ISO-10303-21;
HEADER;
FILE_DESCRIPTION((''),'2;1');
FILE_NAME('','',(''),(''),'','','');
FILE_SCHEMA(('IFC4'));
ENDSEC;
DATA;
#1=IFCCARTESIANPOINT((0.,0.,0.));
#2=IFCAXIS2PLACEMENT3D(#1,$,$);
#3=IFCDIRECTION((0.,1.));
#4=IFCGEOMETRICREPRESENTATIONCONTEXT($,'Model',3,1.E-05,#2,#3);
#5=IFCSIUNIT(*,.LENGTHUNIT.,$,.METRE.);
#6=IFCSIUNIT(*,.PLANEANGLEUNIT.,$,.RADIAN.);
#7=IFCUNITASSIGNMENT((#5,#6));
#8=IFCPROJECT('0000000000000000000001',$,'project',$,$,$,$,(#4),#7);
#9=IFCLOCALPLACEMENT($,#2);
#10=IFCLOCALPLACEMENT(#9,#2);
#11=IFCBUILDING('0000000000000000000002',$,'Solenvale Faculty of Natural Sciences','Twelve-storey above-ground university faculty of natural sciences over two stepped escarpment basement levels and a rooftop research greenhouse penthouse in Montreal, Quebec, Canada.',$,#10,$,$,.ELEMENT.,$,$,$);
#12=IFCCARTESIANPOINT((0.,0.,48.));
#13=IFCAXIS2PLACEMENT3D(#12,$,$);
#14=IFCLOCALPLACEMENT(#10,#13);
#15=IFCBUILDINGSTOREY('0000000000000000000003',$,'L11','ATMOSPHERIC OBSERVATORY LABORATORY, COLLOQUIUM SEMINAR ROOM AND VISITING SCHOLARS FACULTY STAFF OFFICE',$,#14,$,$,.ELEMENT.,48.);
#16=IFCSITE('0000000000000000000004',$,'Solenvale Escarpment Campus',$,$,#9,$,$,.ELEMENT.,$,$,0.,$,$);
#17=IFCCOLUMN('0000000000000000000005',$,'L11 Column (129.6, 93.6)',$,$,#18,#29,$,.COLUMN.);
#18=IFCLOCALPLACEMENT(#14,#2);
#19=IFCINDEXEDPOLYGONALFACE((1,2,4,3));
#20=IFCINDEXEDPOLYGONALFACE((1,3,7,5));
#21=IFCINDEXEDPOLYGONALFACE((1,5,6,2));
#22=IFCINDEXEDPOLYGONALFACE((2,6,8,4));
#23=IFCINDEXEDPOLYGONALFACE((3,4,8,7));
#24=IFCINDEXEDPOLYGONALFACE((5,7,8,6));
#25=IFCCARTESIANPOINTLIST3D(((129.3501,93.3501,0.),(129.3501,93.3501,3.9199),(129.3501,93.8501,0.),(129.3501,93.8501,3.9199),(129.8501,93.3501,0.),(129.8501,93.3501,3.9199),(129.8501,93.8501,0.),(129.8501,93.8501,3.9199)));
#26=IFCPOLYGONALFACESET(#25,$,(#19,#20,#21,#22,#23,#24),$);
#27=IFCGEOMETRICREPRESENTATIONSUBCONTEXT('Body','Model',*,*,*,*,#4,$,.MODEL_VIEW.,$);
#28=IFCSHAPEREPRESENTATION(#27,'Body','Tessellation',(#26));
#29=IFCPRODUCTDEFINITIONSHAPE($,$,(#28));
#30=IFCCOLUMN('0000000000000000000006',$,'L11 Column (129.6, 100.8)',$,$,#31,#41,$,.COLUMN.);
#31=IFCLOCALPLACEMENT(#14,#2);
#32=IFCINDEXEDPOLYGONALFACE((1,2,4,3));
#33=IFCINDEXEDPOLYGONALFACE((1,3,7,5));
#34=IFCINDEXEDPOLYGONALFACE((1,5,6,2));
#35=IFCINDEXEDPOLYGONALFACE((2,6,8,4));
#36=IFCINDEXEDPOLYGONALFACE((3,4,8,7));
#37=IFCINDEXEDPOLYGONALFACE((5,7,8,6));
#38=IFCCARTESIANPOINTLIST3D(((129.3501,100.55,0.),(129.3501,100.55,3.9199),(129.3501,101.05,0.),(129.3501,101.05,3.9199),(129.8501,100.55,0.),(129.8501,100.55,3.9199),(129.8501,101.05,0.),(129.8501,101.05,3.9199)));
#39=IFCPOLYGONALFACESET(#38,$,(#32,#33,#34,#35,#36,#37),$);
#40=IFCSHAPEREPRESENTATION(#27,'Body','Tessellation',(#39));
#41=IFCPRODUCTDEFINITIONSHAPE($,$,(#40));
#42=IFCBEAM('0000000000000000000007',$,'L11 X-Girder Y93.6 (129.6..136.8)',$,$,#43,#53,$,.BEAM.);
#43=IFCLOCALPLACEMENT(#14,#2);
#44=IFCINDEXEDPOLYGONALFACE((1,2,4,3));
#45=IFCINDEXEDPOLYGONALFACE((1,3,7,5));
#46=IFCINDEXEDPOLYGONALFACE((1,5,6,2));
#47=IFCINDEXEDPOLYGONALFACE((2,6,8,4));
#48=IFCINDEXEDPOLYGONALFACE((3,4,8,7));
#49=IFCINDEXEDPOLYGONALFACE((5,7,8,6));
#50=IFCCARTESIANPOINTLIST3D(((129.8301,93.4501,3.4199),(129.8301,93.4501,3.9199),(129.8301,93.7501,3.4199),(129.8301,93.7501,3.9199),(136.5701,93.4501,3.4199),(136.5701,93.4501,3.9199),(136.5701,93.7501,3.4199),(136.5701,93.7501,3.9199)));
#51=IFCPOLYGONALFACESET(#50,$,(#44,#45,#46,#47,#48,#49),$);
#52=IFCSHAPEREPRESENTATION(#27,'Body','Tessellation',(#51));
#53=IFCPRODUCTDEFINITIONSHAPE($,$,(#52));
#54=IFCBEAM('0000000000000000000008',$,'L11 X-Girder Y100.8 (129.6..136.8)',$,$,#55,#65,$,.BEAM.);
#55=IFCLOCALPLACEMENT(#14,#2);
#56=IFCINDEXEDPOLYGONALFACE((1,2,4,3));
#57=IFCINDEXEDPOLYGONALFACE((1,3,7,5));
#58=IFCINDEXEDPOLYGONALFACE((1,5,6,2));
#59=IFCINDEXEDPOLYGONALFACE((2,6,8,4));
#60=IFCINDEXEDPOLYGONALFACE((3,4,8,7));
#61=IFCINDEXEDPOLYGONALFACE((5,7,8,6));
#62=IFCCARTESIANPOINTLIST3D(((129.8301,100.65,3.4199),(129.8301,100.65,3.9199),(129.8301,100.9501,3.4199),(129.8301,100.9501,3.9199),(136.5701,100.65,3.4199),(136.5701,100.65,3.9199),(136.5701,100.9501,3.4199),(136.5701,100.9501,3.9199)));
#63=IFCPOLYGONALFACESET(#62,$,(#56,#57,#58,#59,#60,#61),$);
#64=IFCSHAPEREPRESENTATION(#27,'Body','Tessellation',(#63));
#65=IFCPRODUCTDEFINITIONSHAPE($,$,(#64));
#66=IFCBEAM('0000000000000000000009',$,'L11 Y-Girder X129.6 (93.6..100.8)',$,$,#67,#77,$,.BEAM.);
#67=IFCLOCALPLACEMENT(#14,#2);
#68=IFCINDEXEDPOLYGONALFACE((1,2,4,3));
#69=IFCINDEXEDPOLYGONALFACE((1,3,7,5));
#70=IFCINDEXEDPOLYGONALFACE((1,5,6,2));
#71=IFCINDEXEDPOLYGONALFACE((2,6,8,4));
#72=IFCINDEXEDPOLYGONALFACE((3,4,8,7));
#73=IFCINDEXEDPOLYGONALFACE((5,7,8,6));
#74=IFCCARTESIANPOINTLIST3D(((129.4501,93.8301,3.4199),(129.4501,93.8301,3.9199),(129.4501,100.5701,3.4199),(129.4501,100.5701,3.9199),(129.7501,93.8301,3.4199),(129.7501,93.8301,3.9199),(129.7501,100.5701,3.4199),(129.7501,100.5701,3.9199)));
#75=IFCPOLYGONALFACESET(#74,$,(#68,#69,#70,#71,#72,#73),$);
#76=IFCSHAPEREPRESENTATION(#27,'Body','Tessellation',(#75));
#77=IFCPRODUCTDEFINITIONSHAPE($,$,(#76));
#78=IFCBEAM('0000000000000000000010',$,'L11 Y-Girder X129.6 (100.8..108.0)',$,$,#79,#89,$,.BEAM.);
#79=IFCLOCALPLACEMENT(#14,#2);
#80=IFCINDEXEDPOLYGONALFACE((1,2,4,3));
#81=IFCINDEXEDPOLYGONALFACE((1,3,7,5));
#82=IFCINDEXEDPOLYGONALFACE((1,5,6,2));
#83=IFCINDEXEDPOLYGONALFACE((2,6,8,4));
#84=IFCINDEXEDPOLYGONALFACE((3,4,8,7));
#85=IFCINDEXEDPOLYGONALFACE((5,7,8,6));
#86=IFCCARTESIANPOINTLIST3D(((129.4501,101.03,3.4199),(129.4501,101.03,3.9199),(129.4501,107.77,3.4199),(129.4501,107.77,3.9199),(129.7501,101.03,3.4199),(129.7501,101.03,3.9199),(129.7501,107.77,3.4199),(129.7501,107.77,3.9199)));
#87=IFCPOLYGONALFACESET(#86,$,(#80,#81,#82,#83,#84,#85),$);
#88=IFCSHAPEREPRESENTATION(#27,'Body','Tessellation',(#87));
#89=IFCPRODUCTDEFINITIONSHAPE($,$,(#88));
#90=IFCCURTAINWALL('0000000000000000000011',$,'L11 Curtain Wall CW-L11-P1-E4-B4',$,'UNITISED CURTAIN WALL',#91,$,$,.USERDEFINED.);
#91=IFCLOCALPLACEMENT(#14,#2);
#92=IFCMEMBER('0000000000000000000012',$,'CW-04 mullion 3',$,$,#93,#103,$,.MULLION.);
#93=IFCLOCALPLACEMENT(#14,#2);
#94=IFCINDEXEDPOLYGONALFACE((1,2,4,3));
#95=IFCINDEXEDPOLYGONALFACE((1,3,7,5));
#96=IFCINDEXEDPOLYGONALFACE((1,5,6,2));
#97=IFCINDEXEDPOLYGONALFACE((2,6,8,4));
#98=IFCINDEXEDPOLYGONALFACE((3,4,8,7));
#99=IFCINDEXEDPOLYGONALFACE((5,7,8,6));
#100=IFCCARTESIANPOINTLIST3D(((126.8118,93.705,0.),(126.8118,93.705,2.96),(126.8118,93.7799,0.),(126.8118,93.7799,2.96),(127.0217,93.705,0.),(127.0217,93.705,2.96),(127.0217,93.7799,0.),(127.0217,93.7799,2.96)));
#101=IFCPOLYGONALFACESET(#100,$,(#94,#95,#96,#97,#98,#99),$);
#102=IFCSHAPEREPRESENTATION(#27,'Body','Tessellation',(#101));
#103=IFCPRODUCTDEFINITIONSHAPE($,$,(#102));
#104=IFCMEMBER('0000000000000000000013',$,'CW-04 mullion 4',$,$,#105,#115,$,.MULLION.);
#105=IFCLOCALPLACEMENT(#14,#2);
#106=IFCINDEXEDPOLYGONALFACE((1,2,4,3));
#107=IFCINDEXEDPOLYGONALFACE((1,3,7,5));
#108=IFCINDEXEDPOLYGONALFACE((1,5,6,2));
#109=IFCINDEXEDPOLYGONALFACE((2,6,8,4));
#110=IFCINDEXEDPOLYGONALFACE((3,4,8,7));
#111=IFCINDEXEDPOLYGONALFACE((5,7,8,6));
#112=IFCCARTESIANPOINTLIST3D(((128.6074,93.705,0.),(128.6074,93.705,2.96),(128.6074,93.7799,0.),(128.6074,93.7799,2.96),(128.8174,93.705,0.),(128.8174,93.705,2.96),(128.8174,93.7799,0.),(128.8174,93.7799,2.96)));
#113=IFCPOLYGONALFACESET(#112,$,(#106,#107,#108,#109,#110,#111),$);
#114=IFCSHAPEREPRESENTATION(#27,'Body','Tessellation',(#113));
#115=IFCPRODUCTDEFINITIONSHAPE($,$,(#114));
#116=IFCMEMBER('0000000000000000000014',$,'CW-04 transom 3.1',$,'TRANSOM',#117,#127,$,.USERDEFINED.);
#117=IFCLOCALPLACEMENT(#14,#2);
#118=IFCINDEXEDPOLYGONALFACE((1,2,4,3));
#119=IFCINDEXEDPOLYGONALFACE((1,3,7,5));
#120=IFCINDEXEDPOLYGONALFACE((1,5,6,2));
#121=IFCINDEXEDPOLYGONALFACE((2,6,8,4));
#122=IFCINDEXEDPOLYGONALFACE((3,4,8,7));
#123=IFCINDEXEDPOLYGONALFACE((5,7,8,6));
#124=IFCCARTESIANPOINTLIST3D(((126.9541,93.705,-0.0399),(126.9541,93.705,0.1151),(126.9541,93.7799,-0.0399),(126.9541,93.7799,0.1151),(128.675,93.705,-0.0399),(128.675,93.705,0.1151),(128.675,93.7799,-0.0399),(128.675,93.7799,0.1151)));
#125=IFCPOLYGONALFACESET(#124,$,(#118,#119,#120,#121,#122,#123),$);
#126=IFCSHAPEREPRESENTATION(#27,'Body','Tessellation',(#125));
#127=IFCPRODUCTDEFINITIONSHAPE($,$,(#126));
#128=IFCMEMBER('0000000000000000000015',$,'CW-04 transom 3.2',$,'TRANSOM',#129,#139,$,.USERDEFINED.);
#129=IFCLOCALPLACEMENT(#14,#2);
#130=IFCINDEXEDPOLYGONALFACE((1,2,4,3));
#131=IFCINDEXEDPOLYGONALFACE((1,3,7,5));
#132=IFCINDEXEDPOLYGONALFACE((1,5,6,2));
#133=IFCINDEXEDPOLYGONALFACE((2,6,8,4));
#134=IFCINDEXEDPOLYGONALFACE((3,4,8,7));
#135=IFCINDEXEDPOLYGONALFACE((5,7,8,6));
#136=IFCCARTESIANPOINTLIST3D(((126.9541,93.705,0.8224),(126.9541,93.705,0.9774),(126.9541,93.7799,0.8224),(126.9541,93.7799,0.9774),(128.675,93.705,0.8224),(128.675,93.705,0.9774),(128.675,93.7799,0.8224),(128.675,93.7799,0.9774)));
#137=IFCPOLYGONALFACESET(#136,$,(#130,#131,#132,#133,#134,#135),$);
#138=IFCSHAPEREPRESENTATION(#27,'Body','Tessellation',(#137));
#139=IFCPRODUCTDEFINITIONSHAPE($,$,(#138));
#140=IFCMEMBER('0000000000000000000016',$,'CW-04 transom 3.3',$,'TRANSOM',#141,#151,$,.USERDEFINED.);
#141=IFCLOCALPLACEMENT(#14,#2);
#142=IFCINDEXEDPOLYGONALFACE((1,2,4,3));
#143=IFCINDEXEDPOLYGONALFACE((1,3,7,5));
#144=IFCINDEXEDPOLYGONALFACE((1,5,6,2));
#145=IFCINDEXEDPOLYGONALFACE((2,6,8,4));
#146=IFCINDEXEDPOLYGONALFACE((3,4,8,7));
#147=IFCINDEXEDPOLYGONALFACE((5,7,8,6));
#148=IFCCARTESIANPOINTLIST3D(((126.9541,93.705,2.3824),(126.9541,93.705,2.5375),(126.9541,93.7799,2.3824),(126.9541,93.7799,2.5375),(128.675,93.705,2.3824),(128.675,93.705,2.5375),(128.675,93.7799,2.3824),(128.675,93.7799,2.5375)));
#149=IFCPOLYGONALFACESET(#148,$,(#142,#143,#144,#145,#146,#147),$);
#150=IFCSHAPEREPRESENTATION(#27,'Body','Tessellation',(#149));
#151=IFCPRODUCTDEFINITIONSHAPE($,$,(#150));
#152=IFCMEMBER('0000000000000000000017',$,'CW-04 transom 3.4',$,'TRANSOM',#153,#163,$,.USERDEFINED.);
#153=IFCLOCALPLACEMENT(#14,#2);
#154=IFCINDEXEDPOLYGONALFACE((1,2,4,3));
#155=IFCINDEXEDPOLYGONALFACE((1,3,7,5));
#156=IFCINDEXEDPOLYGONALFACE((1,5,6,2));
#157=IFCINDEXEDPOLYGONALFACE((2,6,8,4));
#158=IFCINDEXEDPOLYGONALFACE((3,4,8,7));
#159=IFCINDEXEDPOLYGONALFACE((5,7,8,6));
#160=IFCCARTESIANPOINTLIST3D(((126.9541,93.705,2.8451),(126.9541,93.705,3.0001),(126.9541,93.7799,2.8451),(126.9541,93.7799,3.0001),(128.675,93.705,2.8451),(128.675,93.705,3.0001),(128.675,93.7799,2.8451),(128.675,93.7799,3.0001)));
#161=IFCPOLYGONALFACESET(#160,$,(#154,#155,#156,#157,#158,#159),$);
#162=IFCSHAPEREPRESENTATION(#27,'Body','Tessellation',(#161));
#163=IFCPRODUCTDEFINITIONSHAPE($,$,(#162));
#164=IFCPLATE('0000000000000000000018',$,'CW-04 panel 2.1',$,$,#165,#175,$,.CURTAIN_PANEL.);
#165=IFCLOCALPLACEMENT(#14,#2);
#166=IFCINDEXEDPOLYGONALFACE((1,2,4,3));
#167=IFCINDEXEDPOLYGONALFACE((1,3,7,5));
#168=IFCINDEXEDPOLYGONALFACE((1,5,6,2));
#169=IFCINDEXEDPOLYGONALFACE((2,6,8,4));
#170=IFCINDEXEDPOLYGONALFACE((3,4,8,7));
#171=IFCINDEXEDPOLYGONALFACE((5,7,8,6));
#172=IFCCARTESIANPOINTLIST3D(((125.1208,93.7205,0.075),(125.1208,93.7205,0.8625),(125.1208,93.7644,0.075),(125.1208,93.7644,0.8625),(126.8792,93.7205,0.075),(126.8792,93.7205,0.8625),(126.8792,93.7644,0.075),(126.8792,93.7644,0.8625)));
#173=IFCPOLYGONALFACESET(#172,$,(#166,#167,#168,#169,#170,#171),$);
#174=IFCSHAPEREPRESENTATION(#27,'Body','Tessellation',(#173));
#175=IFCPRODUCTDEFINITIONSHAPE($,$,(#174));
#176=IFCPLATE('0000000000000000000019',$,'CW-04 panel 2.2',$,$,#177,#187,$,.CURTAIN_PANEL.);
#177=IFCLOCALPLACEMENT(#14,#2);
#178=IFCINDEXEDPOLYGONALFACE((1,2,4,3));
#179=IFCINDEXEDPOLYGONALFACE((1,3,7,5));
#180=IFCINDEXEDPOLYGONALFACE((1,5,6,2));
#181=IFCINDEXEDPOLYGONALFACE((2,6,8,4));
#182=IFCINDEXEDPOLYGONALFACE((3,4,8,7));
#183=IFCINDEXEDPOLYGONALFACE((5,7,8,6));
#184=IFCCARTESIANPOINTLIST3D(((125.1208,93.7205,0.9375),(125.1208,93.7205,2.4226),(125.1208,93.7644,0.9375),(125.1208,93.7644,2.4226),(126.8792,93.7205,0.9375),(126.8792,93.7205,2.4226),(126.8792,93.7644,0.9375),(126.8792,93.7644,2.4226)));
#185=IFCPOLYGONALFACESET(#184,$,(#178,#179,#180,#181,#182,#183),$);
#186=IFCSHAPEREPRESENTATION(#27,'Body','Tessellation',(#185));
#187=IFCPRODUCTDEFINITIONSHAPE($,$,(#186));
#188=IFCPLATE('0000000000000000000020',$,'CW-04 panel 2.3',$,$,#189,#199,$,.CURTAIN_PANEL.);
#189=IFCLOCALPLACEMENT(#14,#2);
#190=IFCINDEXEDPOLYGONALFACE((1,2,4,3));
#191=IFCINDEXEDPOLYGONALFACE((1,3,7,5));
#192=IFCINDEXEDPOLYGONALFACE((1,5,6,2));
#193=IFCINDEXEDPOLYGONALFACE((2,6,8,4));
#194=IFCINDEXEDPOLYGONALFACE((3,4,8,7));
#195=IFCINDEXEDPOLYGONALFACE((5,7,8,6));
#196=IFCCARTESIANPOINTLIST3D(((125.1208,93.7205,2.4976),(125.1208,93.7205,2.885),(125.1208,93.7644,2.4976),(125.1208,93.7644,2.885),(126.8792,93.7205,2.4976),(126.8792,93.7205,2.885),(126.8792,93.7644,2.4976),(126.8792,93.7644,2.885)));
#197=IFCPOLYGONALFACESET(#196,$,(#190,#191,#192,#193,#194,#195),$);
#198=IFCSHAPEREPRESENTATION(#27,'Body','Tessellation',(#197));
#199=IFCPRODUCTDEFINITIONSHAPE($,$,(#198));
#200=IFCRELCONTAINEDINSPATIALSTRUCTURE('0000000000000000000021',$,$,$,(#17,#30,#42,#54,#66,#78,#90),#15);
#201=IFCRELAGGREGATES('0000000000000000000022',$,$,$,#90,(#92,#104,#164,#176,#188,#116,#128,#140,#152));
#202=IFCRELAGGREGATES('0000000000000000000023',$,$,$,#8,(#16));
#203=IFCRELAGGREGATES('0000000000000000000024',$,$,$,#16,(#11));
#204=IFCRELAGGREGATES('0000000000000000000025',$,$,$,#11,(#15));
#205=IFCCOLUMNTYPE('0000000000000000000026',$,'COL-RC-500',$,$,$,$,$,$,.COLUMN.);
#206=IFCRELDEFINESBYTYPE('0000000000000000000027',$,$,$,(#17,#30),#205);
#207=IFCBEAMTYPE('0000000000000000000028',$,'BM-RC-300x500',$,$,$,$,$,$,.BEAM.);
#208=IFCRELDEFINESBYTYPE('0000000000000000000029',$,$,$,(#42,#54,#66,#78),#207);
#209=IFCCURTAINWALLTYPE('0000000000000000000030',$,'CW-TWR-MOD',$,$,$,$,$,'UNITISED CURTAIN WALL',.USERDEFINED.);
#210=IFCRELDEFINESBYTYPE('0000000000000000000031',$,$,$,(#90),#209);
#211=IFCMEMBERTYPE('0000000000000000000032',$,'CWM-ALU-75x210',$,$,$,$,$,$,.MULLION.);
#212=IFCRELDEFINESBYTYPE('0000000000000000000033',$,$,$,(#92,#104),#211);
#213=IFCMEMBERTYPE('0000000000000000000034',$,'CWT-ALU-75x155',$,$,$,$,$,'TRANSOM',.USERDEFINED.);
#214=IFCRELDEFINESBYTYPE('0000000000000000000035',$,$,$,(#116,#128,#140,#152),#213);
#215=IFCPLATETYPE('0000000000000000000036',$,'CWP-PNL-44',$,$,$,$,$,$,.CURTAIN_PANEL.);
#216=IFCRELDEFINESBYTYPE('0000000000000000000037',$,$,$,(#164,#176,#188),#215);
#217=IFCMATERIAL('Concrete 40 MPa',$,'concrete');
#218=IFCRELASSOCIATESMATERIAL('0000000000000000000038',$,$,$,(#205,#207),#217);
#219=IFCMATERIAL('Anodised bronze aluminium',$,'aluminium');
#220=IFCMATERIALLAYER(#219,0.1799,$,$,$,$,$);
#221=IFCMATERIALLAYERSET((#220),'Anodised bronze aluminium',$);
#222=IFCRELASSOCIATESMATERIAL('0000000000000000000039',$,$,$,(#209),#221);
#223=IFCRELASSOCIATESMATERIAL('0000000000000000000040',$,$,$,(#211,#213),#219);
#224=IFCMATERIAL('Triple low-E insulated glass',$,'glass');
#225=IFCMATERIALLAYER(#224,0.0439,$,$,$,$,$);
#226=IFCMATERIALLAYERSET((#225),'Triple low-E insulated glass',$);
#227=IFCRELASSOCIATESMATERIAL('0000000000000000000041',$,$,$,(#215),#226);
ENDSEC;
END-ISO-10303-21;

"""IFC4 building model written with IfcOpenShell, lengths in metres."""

from ifc_helpers import new_model, si_unit, direction, frame, origin, origin_2d, place, context, subcontext, project, spatial, rectangle, extrude, material, layer, layer_set, material_profile, profile_set, type_object, element, aggregate, save


model = new_model("IFC4")

# Units and contexts
model_context = context("Model", 3, precision=1e-05, world=origin(), true_north=direction((0.0, 1.0)))
body_context = subcontext(model_context, "Body", "Model", "MODEL_VIEW")
ifc_project = project(units=[si_unit("LENGTHUNIT", "METRE"), si_unit("PLANEANGLEUNIT", "RADIAN")], contexts=[model_context])

# Site, building, storey
site_placement = place(None, origin())
site = spatial("IfcSite", under=ifc_project, at=site_placement, Name="Solenvale Escarpment Campus", CompositionType="ELEMENT", RefElevation=0.0)
building_placement = place(site_placement, origin())
building = spatial("IfcBuilding", under=site, at=building_placement, Name="Solenvale Faculty of Natural Sciences", Description="Twelve-storey above-ground university faculty of natural sciences over two stepped escarpment basement levels and a rooftop research greenhouse penthouse in Montreal, Quebec, Canada.", CompositionType="ELEMENT")
storey_placement = place(building_placement, frame((0.0, 0.0, 48.0)))
storey = spatial("IfcBuildingStorey", under=building, at=storey_placement, Name="L11", Description="ATMOSPHERIC OBSERVATORY LABORATORY, COLLOQUIUM SEMINAR ROOM AND VISITING SCHOLARS FACULTY STAFF OFFICE", CompositionType="ELEMENT", Elevation=48.0)

# Columns
ifc_material_1 = material(Name="Concrete 40 MPa", Category="concrete")
ifc_material_profile_1 = material_profile(ifc_material_1, rectangle(XDim=0.5, YDim=0.5, at=origin_2d()), Name="RC-COL-500x500")
ifc_profile_set_1 = profile_set([ifc_material_profile_1], Name="Concrete 40 MPa")
column_type = type_object("IfcColumnType", Name="COL-RC-500", PredefinedType="COLUMN", material=ifc_profile_set_1)
for number, where, z_axis, x_axis, name in (
    (1, (129.6001, 93.6001, 0.0), (0.0, 0.0, 1.0), (1.0, 0.0, 0.0), "L11 Column (129.6, 93.6)"),
    (2, (129.6001, 100.8, 0.0), (0.0, 0.0, 1.0), (1.0, 0.0, 0.0), "L11 Column (129.6, 100.8)"),
):
    element("IfcColumn", number, at=place(storey_placement, frame(where, z_axis=z_axis, x_axis=x_axis)), inside=storey, type_object=column_type, Name=name, PredefinedType="COLUMN", context=body_context, shape_type="SweptSolid", body=[
        extrude(rectangle(XDim=0.5, YDim=0.5, at=origin_2d()), origin(), (0.0, 0.0, 1.0), 3.9199),
    ])

# Beams
ifc_material_profile_2 = material_profile(ifc_material_1, rectangle(XDim=0.3, YDim=0.5, at=origin_2d()), Name="RC-BM-300x500")
ifc_profile_set_2 = profile_set([ifc_material_profile_2], Name="Concrete 40 MPa")
beam_type = type_object("IfcBeamType", Name="BM-RC-300x500", PredefinedType="BEAM", material=ifc_profile_set_2)
for number, where, z_axis, x_axis, name in (
    (3, (129.8301, 93.6001, 3.6699), (1.0, 0.0, 0.0), (0.0, 1.0, 0.0), "L11 X-Girder Y93.6 (129.6..136.8)"),
    (4, (129.8301, 100.8, 3.6699), (1.0, 0.0, 0.0), (0.0, 1.0, 0.0), "L11 X-Girder Y100.8 (129.6..136.8)"),
    (5, (129.6001, 93.8301, 3.6699), (0.0, 1.0, 0.0), (-1.0, 0.0, 0.0), "L11 Y-Girder X129.6 (93.6..100.8)"),
    (6, (129.6001, 101.03, 3.6699), (0.0, 1.0, 0.0), (-1.0, 0.0, 0.0), "L11 Y-Girder X129.6 (100.8..108.0)"),
):
    element("IfcBeam", number, at=place(storey_placement, frame(where, z_axis=z_axis, x_axis=x_axis)), inside=storey, type_object=beam_type, Name=name, PredefinedType="BEAM", context=body_context, shape_type="SweptSolid", body=[
        extrude(rectangle(XDim=0.3, YDim=0.5, at=origin_2d()), origin(), (0.0, 0.0, 1.0), 6.74),
    ])

# Curtain wall, members, plates
ifc_material_2 = material(Name="Anodised bronze aluminium", Category="aluminium")
ifc_layer_1 = layer(ifc_material_2, 0.1799)
ifc_layer_set_1 = layer_set([ifc_layer_1], Name="Anodised bronze aluminium")
curtain_wall_type = type_object("IfcCurtainWallType", Name="CW-TWR-MOD", ElementType="UNITISED CURTAIN WALL", PredefinedType="USERDEFINED", material=ifc_layer_set_1)
curtain_wall_placement = place(storey_placement, origin())
curtain_wall = element("IfcCurtainWall", 7, at=curtain_wall_placement, inside=storey, type_object=curtain_wall_type, Name="L11 Curtain Wall CW-L11-P1-E4-B4", ObjectType="UNITISED CURTAIN WALL", PredefinedType="USERDEFINED")
ifc_material_profile_3 = material_profile(ifc_material_2, rectangle(XDim=0.075, YDim=0.21, at=origin_2d()), Name="ALU-MUL-75x210")
ifc_profile_set_3 = profile_set([ifc_material_profile_3], Name="Anodised bronze aluminium")
member_type_1 = type_object("IfcMemberType", Name="CWM-ALU-75x210", PredefinedType="MULLION", material=ifc_profile_set_3)
member_1_placement = place(storey_placement, frame((126.9167, 93.7424, 0.0), z_axis=(0.0, 0.0, 1.0), x_axis=(0.0, 1.0, 0.0)))
member_1 = element("IfcMember", 8, at=member_1_placement, type_object=member_type_1, Name="CW-04 mullion 3", PredefinedType="MULLION", context=body_context, shape_type="SweptSolid", body=[
    extrude(rectangle(XDim=0.075, YDim=0.21, at=origin_2d()), origin(), (0.0, 0.0, 1.0), 2.96),
])
member_2_placement = place(storey_placement, frame((128.7124, 93.7424, 0.0), z_axis=(0.0, 0.0, 1.0), x_axis=(0.0, 1.0, 0.0)))
member_2 = element("IfcMember", 9, at=member_2_placement, type_object=member_type_1, Name="CW-04 mullion 4", PredefinedType="MULLION", context=body_context, shape_type="SweptSolid", body=[
    extrude(rectangle(XDim=0.075, YDim=0.21, at=origin_2d()), origin(), (0.0, 0.0, 1.0), 2.96),
])
ifc_material_profile_4 = material_profile(ifc_material_2, rectangle(XDim=0.075, YDim=0.155, at=origin_2d()), Name="ALU-TRN-75x155")
ifc_profile_set_4 = profile_set([ifc_material_profile_4], Name="Anodised bronze aluminium")
member_type_2 = type_object("IfcMemberType", Name="CWT-ALU-75x155", ElementType="TRANSOM", PredefinedType="USERDEFINED", material=ifc_profile_set_4)
member_3_placement = place(storey_placement, frame((126.9541, 93.7424, 0.0376), z_axis=(1.0, 0.0, 0.0), x_axis=(0.0, 1.0, 0.0)))
member_3 = element("IfcMember", 10, at=member_3_placement, type_object=member_type_2, Name="CW-04 transom 3.1", ObjectType="TRANSOM", PredefinedType="USERDEFINED", context=body_context, shape_type="SweptSolid", body=[
    extrude(rectangle(XDim=0.075, YDim=0.155, at=origin_2d()), origin(), (0.0, 0.0, 1.0), 1.7209),
])
member_4_placement = place(storey_placement, frame((126.9541, 93.7424, 0.8999), z_axis=(1.0, 0.0, 0.0), x_axis=(0.0, 1.0, 0.0)))
member_4 = element("IfcMember", 11, at=member_4_placement, type_object=member_type_2, Name="CW-04 transom 3.2", ObjectType="TRANSOM", PredefinedType="USERDEFINED", context=body_context, shape_type="SweptSolid", body=[
    extrude(rectangle(XDim=0.075, YDim=0.155, at=origin_2d()), origin(), (0.0, 0.0, 1.0), 1.7209),
])
member_5_placement = place(storey_placement, frame((126.9541, 93.7424, 2.46), z_axis=(1.0, 0.0, 0.0), x_axis=(0.0, 1.0, 0.0)))
member_5 = element("IfcMember", 12, at=member_5_placement, type_object=member_type_2, Name="CW-04 transom 3.3", ObjectType="TRANSOM", PredefinedType="USERDEFINED", context=body_context, shape_type="SweptSolid", body=[
    extrude(rectangle(XDim=0.075, YDim=0.155, at=origin_2d()), origin(), (0.0, 0.0, 1.0), 1.7209),
])
member_6_placement = place(storey_placement, frame((126.9541, 93.7424, 2.9226), z_axis=(1.0, 0.0, 0.0), x_axis=(0.0, 1.0, 0.0)))
member_6 = element("IfcMember", 13, at=member_6_placement, type_object=member_type_2, Name="CW-04 transom 3.4", ObjectType="TRANSOM", PredefinedType="USERDEFINED", context=body_context, shape_type="SweptSolid", body=[
    extrude(rectangle(XDim=0.075, YDim=0.155, at=origin_2d()), origin(), (0.0, 0.0, 1.0), 1.7209),
])
ifc_material_3 = material(Name="Triple low-E insulated glass", Category="glass")
ifc_layer_2 = layer(ifc_material_3, 0.0439)
ifc_layer_set_2 = layer_set([ifc_layer_2], Name="Triple low-E insulated glass")
plate_type = type_object("IfcPlateType", Name="CWP-PNL-44", PredefinedType="CURTAIN_PANEL", material=ifc_layer_set_2)
plate_1_placement = place(storey_placement, frame((126.0, 93.7424, 0.075), z_axis=(0.0, 0.0, 1.0), x_axis=(1.0, 0.0, 0.0)))
plate_1 = element("IfcPlate", 14, at=plate_1_placement, type_object=plate_type, Name="CW-04 panel 2.1", PredefinedType="CURTAIN_PANEL", context=body_context, shape_type="SweptSolid", body=[
    extrude(rectangle(XDim=1.7583, YDim=0.0439, at=origin_2d()), origin(), (0.0, 0.0, 1.0), 0.7876),
])
plate_2_placement = place(storey_placement, frame((126.0, 93.7424, 0.9375), z_axis=(0.0, 0.0, 1.0), x_axis=(1.0, 0.0, 0.0)))
plate_2 = element("IfcPlate", 15, at=plate_2_placement, type_object=plate_type, Name="CW-04 panel 2.2", PredefinedType="CURTAIN_PANEL", context=body_context, shape_type="SweptSolid", body=[
    extrude(rectangle(XDim=1.7583, YDim=0.0439, at=origin_2d()), origin(), (0.0, 0.0, 1.0), 1.4851),
])
plate_3_placement = place(storey_placement, frame((126.0, 93.7424, 2.4976), z_axis=(0.0, 0.0, 1.0), x_axis=(1.0, 0.0, 0.0)))
plate_3 = element("IfcPlate", 16, at=plate_3_placement, type_object=plate_type, Name="CW-04 panel 2.3", PredefinedType="CURTAIN_PANEL", context=body_context, shape_type="SweptSolid", body=[
    extrude(rectangle(XDim=1.7583, YDim=0.0439, at=origin_2d()), origin(), (0.0, 0.0, 1.0), 0.3875),
])
aggregate(curtain_wall, [member_1, member_2, plate_1, plate_2, plate_3, member_3, member_4, member_5, member_6])

save(model, "model.ifc")
